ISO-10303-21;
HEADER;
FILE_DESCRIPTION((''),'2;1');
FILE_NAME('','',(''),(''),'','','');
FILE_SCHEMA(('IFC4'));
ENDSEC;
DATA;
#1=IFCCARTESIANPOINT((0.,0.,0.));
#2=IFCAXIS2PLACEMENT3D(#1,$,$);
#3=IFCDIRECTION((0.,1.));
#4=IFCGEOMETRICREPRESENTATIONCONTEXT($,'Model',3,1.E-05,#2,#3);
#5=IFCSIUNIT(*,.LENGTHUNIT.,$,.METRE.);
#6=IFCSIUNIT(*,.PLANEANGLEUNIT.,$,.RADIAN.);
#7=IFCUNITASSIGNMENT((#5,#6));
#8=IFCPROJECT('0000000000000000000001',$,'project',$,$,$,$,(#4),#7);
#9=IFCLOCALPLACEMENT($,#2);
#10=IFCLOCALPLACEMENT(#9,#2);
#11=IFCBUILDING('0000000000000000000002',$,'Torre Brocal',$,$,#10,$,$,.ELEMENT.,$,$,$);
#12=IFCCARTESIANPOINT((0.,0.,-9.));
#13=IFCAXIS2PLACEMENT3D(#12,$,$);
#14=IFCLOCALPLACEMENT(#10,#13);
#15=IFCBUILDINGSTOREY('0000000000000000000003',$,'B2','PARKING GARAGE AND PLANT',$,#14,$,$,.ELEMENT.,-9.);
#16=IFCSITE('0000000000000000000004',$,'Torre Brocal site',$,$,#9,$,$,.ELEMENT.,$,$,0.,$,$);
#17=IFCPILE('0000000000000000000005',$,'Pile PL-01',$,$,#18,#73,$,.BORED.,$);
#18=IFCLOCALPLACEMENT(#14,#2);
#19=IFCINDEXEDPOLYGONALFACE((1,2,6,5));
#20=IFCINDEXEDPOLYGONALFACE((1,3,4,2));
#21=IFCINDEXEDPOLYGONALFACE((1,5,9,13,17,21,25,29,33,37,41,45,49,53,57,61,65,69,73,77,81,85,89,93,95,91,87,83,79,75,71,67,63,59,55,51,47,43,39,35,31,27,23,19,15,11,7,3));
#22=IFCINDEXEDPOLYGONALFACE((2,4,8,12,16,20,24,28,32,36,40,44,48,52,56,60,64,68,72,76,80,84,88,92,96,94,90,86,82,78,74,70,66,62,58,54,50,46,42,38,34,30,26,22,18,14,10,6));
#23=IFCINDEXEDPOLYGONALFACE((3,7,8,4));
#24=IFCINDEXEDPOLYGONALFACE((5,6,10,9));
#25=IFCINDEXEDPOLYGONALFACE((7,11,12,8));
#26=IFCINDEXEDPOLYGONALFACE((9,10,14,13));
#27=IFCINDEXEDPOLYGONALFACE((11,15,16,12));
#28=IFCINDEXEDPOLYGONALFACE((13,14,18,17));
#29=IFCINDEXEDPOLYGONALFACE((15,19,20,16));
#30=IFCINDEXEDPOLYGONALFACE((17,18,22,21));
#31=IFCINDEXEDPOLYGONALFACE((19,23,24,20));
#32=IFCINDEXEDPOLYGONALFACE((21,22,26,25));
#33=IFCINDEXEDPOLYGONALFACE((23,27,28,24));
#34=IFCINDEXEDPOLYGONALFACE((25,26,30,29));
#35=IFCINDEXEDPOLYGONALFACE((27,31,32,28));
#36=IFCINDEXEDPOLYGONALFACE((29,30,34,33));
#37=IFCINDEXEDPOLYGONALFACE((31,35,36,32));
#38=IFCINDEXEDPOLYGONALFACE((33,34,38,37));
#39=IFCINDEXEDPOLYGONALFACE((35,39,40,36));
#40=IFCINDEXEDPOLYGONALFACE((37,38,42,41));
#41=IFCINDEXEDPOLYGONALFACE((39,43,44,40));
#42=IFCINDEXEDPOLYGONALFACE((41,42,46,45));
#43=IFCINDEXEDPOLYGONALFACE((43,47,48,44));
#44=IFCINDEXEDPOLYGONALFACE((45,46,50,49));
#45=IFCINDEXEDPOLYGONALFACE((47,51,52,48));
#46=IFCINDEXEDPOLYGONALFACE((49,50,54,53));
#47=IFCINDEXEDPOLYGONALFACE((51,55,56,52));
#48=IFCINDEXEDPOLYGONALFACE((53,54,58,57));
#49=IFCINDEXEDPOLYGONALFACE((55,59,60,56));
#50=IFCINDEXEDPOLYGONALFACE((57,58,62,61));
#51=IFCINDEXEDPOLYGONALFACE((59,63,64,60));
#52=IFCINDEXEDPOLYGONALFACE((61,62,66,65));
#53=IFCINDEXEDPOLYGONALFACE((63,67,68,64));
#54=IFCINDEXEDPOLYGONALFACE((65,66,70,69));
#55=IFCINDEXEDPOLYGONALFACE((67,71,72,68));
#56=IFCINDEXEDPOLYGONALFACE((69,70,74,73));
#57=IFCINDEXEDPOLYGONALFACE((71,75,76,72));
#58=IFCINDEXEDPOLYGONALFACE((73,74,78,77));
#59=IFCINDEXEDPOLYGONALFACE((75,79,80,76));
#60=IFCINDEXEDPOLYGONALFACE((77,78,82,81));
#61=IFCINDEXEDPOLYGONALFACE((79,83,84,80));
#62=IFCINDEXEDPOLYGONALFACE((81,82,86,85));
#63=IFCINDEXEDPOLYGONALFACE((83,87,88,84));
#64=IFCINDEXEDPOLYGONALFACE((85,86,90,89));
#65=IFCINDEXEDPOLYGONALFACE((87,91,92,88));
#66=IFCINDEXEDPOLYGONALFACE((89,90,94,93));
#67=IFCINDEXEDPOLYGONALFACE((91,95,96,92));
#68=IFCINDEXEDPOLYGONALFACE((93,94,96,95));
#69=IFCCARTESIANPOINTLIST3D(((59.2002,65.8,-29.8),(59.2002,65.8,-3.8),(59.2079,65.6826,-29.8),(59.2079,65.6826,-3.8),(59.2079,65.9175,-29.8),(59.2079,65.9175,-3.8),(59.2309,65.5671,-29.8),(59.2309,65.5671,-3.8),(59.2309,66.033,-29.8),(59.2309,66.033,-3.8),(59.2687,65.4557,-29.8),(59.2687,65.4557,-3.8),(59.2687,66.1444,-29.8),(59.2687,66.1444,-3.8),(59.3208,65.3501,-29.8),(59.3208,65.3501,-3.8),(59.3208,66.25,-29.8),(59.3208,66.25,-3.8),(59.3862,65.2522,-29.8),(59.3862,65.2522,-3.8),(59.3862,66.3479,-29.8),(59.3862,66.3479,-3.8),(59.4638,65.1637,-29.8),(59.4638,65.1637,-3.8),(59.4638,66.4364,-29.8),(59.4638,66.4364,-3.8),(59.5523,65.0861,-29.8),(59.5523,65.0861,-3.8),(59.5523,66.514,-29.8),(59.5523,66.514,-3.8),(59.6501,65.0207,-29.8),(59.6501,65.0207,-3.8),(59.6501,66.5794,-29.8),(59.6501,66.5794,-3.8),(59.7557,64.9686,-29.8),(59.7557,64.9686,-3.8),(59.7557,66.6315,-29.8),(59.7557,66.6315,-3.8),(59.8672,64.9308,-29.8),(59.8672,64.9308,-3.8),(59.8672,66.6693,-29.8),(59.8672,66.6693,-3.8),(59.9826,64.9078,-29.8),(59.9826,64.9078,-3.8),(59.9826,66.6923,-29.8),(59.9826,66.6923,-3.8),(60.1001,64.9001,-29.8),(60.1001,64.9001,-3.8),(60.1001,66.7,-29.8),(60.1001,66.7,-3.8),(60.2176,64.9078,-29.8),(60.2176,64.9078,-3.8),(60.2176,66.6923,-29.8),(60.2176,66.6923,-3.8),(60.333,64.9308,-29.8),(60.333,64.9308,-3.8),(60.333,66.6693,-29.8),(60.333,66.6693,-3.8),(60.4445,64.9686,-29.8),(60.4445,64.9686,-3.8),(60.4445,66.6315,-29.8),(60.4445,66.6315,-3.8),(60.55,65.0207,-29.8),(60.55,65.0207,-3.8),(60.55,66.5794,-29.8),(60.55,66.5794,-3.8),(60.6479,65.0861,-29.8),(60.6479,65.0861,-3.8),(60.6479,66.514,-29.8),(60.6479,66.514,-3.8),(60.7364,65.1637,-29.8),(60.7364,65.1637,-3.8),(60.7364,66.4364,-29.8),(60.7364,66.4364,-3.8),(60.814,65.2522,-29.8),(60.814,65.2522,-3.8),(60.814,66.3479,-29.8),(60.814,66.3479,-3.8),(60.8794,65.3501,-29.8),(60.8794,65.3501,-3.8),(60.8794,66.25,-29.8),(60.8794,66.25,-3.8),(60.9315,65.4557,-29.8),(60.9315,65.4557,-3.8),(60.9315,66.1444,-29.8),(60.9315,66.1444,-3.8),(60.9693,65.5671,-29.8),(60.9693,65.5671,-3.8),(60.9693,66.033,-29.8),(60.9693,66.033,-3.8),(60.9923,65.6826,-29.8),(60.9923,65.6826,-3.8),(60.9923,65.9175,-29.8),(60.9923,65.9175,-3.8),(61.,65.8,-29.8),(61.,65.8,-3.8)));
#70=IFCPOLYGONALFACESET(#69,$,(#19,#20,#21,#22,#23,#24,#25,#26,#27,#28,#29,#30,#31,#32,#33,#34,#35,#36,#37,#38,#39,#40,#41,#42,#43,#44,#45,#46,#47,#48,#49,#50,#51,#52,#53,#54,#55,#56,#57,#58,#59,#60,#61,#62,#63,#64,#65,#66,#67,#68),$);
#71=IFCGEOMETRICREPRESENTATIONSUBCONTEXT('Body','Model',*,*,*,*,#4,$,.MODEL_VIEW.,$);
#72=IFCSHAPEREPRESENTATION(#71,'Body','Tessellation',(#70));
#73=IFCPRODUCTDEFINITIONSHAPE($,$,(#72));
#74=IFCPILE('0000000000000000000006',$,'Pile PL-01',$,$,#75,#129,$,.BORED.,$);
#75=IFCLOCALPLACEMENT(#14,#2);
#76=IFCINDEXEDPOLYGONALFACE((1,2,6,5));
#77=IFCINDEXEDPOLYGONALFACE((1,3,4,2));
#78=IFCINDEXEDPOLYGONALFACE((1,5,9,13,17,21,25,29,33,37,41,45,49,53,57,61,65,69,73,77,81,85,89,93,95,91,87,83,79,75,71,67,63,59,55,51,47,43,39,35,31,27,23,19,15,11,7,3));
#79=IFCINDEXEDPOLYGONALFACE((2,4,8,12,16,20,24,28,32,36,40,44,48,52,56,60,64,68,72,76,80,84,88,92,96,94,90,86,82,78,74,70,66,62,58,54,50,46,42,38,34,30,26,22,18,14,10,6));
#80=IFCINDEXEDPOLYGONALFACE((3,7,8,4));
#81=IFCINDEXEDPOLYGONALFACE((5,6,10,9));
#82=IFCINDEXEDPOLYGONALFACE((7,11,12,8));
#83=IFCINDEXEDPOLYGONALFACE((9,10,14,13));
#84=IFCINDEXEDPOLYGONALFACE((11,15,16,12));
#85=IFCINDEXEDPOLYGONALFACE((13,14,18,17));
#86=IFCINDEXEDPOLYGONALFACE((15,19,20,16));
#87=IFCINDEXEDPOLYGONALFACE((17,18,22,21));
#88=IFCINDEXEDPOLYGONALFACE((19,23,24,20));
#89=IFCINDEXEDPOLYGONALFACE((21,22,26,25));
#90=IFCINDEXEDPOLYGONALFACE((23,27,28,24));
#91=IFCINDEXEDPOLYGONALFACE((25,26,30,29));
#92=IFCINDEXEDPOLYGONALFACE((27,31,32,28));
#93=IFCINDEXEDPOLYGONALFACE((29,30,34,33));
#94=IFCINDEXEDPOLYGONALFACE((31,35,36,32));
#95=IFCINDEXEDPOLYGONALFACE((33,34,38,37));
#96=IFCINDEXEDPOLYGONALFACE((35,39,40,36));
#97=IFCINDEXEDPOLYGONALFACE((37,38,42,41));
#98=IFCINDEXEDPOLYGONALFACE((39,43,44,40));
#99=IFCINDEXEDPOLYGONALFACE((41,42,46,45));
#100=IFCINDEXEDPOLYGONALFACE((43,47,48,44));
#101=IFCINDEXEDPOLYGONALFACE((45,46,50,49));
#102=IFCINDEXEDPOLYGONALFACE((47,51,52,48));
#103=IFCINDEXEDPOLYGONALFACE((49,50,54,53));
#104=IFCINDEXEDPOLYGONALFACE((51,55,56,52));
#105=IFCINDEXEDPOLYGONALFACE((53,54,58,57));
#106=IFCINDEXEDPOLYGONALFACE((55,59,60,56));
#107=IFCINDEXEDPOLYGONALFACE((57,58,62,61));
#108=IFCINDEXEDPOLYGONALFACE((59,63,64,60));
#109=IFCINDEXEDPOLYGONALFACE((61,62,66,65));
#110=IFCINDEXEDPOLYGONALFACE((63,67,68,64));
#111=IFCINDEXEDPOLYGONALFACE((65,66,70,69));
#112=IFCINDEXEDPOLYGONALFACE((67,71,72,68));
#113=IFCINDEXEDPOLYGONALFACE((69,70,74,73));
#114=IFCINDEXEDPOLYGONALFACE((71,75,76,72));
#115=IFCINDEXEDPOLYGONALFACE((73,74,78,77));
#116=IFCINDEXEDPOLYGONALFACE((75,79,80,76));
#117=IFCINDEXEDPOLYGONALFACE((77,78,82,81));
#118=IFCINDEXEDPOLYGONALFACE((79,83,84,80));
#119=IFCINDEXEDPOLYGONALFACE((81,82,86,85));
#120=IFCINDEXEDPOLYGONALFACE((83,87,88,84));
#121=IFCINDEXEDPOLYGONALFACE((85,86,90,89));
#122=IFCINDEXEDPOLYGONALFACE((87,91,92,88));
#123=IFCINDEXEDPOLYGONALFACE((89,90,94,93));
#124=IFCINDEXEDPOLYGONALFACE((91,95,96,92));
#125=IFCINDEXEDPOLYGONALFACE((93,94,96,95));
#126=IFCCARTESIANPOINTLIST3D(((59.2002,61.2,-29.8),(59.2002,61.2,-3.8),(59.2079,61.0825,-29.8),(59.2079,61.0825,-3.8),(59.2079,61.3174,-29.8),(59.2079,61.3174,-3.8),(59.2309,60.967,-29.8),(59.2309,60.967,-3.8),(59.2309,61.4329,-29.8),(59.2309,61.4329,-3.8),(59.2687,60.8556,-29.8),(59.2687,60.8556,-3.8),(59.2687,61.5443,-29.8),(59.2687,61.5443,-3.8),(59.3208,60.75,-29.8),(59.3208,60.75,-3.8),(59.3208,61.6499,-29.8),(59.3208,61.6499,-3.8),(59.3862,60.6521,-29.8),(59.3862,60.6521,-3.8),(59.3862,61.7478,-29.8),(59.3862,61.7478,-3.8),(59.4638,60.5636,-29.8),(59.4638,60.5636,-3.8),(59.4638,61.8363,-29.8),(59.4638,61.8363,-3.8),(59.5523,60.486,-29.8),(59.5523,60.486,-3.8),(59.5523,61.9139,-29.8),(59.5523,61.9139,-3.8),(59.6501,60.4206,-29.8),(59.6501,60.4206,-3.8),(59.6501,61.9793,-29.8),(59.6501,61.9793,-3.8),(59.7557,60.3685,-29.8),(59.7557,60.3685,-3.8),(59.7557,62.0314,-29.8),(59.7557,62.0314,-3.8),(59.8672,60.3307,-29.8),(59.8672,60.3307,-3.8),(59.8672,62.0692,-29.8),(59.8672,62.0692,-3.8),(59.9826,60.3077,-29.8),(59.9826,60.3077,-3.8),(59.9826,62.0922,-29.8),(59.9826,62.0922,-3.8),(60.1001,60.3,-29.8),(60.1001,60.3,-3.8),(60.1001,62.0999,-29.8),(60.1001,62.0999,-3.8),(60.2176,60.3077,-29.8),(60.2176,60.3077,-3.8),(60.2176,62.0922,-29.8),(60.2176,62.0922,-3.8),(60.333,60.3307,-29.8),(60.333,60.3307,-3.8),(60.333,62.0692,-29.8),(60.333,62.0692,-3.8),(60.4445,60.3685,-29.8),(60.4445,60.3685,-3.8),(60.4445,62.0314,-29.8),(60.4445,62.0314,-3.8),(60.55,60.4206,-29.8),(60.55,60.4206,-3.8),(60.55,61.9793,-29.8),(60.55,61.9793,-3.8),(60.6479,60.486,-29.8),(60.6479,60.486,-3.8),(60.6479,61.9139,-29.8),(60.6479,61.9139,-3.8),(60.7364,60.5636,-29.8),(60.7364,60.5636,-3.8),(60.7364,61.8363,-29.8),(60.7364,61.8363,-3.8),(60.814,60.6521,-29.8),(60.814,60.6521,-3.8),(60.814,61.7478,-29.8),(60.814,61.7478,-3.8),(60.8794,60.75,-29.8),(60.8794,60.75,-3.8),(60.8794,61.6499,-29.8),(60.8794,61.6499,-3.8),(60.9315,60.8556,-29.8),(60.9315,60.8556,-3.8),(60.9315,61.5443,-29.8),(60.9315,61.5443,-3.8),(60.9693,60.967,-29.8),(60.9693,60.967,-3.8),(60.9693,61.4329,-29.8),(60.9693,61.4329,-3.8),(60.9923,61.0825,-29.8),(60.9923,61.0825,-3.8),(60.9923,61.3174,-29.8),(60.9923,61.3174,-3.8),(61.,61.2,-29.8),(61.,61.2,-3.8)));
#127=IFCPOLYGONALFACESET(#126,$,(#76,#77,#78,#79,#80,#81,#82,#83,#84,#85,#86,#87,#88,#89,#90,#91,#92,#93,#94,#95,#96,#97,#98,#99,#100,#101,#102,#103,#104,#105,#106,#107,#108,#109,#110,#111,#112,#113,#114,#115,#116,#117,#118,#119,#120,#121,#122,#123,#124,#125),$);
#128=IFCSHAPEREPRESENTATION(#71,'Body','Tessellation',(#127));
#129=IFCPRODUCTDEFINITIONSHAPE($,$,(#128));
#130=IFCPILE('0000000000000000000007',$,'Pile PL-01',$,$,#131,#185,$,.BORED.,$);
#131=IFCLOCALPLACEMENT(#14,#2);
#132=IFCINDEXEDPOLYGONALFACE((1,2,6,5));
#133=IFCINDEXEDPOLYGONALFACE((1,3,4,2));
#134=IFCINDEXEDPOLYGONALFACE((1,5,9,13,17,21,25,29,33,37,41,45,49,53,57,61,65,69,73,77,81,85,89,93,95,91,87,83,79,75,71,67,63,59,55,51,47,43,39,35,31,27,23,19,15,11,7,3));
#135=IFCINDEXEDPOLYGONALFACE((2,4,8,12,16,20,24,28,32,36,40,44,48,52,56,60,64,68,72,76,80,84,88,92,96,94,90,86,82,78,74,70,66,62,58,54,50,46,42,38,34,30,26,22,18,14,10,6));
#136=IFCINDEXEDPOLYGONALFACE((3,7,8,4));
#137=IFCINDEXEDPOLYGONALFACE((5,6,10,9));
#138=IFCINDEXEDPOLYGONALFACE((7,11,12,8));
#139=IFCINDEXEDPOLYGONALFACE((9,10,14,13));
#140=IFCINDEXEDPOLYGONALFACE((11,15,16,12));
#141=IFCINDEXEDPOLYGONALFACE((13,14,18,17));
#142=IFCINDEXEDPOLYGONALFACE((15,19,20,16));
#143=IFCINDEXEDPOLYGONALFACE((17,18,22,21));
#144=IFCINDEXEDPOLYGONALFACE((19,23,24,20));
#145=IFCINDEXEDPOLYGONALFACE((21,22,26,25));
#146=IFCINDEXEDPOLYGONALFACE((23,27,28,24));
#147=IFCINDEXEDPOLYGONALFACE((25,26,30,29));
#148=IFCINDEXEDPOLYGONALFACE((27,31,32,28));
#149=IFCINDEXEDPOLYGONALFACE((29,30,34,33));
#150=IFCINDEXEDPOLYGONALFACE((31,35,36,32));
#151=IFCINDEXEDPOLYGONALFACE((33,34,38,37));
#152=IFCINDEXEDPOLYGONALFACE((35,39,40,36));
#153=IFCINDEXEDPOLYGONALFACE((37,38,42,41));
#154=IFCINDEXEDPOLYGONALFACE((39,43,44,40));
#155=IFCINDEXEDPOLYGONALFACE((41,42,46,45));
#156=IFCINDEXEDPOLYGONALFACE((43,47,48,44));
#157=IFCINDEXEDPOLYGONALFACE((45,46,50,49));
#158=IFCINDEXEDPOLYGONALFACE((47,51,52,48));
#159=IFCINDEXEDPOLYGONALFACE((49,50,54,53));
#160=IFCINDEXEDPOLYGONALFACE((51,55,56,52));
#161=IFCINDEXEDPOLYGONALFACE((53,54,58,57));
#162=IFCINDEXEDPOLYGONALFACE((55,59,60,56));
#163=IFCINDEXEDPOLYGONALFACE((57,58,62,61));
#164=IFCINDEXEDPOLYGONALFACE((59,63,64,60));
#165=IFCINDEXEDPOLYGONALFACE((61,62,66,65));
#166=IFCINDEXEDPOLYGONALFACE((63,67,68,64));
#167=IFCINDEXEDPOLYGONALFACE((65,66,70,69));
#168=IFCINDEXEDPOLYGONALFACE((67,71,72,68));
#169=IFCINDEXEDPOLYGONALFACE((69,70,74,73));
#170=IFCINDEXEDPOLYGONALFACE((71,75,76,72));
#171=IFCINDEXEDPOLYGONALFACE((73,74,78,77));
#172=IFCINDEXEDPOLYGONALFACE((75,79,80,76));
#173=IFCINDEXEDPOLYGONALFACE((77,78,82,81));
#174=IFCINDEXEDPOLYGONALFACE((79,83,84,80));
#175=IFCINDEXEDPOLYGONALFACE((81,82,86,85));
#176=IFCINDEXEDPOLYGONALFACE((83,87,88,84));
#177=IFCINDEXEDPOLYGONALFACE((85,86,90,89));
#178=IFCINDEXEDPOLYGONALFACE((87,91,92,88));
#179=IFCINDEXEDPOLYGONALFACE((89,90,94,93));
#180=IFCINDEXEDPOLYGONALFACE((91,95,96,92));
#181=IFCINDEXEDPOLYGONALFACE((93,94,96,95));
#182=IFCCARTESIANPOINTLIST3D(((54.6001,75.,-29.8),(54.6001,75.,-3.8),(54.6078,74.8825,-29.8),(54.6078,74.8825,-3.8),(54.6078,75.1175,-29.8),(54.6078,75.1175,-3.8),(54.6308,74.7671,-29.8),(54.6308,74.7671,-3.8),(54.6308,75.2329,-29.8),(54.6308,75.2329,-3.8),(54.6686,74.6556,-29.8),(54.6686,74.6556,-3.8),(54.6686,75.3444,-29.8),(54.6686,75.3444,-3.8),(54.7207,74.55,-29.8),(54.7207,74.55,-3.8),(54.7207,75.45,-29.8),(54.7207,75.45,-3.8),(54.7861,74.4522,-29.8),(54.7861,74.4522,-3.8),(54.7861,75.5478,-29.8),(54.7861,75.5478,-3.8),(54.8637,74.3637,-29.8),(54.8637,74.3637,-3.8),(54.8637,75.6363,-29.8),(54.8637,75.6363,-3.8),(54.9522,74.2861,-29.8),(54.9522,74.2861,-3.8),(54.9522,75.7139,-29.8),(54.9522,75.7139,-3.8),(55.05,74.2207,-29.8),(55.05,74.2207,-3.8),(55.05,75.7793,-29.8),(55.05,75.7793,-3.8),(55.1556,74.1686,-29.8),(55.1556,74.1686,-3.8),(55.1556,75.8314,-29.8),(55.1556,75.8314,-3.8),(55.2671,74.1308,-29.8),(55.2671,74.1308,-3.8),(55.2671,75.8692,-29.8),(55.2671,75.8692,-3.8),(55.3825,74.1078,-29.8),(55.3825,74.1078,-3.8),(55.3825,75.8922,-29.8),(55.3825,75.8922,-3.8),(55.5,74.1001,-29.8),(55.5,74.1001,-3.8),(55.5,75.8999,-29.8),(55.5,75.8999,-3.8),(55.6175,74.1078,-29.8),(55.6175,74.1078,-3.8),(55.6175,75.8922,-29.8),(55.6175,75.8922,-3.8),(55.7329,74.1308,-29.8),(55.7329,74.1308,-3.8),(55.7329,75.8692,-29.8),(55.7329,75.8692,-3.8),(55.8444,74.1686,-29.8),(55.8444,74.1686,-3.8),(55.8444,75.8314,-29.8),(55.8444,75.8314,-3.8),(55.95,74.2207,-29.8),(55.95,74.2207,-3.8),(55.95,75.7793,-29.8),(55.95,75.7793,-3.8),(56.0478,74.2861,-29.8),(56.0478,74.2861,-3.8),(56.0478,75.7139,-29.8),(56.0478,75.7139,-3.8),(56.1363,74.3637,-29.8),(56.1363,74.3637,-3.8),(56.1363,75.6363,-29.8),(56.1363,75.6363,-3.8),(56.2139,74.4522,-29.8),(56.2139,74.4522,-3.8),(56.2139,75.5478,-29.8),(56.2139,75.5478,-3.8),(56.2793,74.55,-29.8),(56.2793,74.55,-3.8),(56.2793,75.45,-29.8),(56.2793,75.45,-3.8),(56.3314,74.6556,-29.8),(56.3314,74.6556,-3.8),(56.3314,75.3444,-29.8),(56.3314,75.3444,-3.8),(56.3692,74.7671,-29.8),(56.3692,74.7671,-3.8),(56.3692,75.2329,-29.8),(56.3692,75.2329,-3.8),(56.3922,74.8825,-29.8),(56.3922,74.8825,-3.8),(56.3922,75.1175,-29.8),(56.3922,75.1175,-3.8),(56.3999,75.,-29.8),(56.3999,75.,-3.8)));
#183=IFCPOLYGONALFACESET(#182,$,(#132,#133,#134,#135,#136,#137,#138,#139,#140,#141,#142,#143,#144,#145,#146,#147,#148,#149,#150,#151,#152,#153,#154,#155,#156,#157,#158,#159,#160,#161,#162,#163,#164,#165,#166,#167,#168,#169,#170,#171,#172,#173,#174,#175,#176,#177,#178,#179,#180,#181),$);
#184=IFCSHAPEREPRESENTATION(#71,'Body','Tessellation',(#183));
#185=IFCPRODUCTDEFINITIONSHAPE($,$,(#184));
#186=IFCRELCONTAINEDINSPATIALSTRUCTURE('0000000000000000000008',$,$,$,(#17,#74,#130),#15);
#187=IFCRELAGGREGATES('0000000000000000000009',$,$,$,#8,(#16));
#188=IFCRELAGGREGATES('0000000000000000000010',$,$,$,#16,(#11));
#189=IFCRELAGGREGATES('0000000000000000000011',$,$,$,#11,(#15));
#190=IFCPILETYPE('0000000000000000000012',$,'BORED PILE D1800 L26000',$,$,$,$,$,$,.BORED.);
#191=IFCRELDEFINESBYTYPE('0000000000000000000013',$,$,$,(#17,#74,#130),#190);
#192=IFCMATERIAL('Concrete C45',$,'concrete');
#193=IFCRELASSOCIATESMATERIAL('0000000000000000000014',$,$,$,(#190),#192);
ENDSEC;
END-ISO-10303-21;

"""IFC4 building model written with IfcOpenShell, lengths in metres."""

from ifc_helpers import new_model, si_unit, direction, frame, origin, origin_2d, place, context, subcontext, project, spatial, circle, extrude, material, material_profile, profile_set, type_object, element, save


model = new_model("IFC4")

# Units and contexts
model_context = context("Model", 3, precision=1e-05, world=origin(), true_north=direction((0.0, 1.0)))
body_context = subcontext(model_context, "Body", "Model", "MODEL_VIEW")
ifc_project = project(units=[si_unit("LENGTHUNIT", "METRE"), si_unit("PLANEANGLEUNIT", "RADIAN")], contexts=[model_context])

# Site, building, storey
site_placement = place(None, origin())
site = spatial("IfcSite", under=ifc_project, at=site_placement, Name="Torre Brocal site", CompositionType="ELEMENT", RefElevation=0.0)
building_placement = place(site_placement, origin())
building = spatial("IfcBuilding", under=site, at=building_placement, Name="Torre Brocal", CompositionType="ELEMENT")
storey_placement = place(building_placement, frame((0.0, 0.0, -9.0)))
storey = spatial("IfcBuildingStorey", under=building, at=storey_placement, Name="B2", Description="PARKING GARAGE AND PLANT", CompositionType="ELEMENT", Elevation=-9.0)

# Piles
ifc_material_1 = material(Name="Concrete C45", Category="concrete")
ifc_material_profile_1 = material_profile(ifc_material_1, circle(Radius=0.8999, at=origin_2d()), Name="BORED PILE D1800")
ifc_profile_set_1 = profile_set([ifc_material_profile_1], Name="Concrete C45")
pile_type_1 = type_object("IfcPileType", Name="BORED PILE D1800 L26000", PredefinedType="BORED", material=ifc_profile_set_1)
for number, where, z_axis, x_axis, name in (
    (1, (60.1001, 65.8, -3.8), (0.0, 0.0, -1.0), (1.0, 0.0, 0.0), "Pile PL-01"),
    (2, (60.1001, 61.2, -3.8), (0.0, 0.0, -1.0), (1.0, 0.0, 0.0), "Pile PL-01"),
    (3, (55.5, 75.0, -3.8), (0.0, 0.0, -1.0), (1.0, 0.0, 0.0), "Pile PL-01"),
):
    element("IfcPile", number, at=place(storey_placement, frame(where, z_axis=z_axis, x_axis=x_axis)), inside=storey, type_object=pile_type_1, Name=name, PredefinedType="BORED", context=body_context, shape_type="SweptSolid", body=[
        extrude(circle(Radius=0.8999, at=origin_2d()), origin(), (0.0, 0.0, 1.0), 26.0),
    ])

save(model, "model.ifc")
